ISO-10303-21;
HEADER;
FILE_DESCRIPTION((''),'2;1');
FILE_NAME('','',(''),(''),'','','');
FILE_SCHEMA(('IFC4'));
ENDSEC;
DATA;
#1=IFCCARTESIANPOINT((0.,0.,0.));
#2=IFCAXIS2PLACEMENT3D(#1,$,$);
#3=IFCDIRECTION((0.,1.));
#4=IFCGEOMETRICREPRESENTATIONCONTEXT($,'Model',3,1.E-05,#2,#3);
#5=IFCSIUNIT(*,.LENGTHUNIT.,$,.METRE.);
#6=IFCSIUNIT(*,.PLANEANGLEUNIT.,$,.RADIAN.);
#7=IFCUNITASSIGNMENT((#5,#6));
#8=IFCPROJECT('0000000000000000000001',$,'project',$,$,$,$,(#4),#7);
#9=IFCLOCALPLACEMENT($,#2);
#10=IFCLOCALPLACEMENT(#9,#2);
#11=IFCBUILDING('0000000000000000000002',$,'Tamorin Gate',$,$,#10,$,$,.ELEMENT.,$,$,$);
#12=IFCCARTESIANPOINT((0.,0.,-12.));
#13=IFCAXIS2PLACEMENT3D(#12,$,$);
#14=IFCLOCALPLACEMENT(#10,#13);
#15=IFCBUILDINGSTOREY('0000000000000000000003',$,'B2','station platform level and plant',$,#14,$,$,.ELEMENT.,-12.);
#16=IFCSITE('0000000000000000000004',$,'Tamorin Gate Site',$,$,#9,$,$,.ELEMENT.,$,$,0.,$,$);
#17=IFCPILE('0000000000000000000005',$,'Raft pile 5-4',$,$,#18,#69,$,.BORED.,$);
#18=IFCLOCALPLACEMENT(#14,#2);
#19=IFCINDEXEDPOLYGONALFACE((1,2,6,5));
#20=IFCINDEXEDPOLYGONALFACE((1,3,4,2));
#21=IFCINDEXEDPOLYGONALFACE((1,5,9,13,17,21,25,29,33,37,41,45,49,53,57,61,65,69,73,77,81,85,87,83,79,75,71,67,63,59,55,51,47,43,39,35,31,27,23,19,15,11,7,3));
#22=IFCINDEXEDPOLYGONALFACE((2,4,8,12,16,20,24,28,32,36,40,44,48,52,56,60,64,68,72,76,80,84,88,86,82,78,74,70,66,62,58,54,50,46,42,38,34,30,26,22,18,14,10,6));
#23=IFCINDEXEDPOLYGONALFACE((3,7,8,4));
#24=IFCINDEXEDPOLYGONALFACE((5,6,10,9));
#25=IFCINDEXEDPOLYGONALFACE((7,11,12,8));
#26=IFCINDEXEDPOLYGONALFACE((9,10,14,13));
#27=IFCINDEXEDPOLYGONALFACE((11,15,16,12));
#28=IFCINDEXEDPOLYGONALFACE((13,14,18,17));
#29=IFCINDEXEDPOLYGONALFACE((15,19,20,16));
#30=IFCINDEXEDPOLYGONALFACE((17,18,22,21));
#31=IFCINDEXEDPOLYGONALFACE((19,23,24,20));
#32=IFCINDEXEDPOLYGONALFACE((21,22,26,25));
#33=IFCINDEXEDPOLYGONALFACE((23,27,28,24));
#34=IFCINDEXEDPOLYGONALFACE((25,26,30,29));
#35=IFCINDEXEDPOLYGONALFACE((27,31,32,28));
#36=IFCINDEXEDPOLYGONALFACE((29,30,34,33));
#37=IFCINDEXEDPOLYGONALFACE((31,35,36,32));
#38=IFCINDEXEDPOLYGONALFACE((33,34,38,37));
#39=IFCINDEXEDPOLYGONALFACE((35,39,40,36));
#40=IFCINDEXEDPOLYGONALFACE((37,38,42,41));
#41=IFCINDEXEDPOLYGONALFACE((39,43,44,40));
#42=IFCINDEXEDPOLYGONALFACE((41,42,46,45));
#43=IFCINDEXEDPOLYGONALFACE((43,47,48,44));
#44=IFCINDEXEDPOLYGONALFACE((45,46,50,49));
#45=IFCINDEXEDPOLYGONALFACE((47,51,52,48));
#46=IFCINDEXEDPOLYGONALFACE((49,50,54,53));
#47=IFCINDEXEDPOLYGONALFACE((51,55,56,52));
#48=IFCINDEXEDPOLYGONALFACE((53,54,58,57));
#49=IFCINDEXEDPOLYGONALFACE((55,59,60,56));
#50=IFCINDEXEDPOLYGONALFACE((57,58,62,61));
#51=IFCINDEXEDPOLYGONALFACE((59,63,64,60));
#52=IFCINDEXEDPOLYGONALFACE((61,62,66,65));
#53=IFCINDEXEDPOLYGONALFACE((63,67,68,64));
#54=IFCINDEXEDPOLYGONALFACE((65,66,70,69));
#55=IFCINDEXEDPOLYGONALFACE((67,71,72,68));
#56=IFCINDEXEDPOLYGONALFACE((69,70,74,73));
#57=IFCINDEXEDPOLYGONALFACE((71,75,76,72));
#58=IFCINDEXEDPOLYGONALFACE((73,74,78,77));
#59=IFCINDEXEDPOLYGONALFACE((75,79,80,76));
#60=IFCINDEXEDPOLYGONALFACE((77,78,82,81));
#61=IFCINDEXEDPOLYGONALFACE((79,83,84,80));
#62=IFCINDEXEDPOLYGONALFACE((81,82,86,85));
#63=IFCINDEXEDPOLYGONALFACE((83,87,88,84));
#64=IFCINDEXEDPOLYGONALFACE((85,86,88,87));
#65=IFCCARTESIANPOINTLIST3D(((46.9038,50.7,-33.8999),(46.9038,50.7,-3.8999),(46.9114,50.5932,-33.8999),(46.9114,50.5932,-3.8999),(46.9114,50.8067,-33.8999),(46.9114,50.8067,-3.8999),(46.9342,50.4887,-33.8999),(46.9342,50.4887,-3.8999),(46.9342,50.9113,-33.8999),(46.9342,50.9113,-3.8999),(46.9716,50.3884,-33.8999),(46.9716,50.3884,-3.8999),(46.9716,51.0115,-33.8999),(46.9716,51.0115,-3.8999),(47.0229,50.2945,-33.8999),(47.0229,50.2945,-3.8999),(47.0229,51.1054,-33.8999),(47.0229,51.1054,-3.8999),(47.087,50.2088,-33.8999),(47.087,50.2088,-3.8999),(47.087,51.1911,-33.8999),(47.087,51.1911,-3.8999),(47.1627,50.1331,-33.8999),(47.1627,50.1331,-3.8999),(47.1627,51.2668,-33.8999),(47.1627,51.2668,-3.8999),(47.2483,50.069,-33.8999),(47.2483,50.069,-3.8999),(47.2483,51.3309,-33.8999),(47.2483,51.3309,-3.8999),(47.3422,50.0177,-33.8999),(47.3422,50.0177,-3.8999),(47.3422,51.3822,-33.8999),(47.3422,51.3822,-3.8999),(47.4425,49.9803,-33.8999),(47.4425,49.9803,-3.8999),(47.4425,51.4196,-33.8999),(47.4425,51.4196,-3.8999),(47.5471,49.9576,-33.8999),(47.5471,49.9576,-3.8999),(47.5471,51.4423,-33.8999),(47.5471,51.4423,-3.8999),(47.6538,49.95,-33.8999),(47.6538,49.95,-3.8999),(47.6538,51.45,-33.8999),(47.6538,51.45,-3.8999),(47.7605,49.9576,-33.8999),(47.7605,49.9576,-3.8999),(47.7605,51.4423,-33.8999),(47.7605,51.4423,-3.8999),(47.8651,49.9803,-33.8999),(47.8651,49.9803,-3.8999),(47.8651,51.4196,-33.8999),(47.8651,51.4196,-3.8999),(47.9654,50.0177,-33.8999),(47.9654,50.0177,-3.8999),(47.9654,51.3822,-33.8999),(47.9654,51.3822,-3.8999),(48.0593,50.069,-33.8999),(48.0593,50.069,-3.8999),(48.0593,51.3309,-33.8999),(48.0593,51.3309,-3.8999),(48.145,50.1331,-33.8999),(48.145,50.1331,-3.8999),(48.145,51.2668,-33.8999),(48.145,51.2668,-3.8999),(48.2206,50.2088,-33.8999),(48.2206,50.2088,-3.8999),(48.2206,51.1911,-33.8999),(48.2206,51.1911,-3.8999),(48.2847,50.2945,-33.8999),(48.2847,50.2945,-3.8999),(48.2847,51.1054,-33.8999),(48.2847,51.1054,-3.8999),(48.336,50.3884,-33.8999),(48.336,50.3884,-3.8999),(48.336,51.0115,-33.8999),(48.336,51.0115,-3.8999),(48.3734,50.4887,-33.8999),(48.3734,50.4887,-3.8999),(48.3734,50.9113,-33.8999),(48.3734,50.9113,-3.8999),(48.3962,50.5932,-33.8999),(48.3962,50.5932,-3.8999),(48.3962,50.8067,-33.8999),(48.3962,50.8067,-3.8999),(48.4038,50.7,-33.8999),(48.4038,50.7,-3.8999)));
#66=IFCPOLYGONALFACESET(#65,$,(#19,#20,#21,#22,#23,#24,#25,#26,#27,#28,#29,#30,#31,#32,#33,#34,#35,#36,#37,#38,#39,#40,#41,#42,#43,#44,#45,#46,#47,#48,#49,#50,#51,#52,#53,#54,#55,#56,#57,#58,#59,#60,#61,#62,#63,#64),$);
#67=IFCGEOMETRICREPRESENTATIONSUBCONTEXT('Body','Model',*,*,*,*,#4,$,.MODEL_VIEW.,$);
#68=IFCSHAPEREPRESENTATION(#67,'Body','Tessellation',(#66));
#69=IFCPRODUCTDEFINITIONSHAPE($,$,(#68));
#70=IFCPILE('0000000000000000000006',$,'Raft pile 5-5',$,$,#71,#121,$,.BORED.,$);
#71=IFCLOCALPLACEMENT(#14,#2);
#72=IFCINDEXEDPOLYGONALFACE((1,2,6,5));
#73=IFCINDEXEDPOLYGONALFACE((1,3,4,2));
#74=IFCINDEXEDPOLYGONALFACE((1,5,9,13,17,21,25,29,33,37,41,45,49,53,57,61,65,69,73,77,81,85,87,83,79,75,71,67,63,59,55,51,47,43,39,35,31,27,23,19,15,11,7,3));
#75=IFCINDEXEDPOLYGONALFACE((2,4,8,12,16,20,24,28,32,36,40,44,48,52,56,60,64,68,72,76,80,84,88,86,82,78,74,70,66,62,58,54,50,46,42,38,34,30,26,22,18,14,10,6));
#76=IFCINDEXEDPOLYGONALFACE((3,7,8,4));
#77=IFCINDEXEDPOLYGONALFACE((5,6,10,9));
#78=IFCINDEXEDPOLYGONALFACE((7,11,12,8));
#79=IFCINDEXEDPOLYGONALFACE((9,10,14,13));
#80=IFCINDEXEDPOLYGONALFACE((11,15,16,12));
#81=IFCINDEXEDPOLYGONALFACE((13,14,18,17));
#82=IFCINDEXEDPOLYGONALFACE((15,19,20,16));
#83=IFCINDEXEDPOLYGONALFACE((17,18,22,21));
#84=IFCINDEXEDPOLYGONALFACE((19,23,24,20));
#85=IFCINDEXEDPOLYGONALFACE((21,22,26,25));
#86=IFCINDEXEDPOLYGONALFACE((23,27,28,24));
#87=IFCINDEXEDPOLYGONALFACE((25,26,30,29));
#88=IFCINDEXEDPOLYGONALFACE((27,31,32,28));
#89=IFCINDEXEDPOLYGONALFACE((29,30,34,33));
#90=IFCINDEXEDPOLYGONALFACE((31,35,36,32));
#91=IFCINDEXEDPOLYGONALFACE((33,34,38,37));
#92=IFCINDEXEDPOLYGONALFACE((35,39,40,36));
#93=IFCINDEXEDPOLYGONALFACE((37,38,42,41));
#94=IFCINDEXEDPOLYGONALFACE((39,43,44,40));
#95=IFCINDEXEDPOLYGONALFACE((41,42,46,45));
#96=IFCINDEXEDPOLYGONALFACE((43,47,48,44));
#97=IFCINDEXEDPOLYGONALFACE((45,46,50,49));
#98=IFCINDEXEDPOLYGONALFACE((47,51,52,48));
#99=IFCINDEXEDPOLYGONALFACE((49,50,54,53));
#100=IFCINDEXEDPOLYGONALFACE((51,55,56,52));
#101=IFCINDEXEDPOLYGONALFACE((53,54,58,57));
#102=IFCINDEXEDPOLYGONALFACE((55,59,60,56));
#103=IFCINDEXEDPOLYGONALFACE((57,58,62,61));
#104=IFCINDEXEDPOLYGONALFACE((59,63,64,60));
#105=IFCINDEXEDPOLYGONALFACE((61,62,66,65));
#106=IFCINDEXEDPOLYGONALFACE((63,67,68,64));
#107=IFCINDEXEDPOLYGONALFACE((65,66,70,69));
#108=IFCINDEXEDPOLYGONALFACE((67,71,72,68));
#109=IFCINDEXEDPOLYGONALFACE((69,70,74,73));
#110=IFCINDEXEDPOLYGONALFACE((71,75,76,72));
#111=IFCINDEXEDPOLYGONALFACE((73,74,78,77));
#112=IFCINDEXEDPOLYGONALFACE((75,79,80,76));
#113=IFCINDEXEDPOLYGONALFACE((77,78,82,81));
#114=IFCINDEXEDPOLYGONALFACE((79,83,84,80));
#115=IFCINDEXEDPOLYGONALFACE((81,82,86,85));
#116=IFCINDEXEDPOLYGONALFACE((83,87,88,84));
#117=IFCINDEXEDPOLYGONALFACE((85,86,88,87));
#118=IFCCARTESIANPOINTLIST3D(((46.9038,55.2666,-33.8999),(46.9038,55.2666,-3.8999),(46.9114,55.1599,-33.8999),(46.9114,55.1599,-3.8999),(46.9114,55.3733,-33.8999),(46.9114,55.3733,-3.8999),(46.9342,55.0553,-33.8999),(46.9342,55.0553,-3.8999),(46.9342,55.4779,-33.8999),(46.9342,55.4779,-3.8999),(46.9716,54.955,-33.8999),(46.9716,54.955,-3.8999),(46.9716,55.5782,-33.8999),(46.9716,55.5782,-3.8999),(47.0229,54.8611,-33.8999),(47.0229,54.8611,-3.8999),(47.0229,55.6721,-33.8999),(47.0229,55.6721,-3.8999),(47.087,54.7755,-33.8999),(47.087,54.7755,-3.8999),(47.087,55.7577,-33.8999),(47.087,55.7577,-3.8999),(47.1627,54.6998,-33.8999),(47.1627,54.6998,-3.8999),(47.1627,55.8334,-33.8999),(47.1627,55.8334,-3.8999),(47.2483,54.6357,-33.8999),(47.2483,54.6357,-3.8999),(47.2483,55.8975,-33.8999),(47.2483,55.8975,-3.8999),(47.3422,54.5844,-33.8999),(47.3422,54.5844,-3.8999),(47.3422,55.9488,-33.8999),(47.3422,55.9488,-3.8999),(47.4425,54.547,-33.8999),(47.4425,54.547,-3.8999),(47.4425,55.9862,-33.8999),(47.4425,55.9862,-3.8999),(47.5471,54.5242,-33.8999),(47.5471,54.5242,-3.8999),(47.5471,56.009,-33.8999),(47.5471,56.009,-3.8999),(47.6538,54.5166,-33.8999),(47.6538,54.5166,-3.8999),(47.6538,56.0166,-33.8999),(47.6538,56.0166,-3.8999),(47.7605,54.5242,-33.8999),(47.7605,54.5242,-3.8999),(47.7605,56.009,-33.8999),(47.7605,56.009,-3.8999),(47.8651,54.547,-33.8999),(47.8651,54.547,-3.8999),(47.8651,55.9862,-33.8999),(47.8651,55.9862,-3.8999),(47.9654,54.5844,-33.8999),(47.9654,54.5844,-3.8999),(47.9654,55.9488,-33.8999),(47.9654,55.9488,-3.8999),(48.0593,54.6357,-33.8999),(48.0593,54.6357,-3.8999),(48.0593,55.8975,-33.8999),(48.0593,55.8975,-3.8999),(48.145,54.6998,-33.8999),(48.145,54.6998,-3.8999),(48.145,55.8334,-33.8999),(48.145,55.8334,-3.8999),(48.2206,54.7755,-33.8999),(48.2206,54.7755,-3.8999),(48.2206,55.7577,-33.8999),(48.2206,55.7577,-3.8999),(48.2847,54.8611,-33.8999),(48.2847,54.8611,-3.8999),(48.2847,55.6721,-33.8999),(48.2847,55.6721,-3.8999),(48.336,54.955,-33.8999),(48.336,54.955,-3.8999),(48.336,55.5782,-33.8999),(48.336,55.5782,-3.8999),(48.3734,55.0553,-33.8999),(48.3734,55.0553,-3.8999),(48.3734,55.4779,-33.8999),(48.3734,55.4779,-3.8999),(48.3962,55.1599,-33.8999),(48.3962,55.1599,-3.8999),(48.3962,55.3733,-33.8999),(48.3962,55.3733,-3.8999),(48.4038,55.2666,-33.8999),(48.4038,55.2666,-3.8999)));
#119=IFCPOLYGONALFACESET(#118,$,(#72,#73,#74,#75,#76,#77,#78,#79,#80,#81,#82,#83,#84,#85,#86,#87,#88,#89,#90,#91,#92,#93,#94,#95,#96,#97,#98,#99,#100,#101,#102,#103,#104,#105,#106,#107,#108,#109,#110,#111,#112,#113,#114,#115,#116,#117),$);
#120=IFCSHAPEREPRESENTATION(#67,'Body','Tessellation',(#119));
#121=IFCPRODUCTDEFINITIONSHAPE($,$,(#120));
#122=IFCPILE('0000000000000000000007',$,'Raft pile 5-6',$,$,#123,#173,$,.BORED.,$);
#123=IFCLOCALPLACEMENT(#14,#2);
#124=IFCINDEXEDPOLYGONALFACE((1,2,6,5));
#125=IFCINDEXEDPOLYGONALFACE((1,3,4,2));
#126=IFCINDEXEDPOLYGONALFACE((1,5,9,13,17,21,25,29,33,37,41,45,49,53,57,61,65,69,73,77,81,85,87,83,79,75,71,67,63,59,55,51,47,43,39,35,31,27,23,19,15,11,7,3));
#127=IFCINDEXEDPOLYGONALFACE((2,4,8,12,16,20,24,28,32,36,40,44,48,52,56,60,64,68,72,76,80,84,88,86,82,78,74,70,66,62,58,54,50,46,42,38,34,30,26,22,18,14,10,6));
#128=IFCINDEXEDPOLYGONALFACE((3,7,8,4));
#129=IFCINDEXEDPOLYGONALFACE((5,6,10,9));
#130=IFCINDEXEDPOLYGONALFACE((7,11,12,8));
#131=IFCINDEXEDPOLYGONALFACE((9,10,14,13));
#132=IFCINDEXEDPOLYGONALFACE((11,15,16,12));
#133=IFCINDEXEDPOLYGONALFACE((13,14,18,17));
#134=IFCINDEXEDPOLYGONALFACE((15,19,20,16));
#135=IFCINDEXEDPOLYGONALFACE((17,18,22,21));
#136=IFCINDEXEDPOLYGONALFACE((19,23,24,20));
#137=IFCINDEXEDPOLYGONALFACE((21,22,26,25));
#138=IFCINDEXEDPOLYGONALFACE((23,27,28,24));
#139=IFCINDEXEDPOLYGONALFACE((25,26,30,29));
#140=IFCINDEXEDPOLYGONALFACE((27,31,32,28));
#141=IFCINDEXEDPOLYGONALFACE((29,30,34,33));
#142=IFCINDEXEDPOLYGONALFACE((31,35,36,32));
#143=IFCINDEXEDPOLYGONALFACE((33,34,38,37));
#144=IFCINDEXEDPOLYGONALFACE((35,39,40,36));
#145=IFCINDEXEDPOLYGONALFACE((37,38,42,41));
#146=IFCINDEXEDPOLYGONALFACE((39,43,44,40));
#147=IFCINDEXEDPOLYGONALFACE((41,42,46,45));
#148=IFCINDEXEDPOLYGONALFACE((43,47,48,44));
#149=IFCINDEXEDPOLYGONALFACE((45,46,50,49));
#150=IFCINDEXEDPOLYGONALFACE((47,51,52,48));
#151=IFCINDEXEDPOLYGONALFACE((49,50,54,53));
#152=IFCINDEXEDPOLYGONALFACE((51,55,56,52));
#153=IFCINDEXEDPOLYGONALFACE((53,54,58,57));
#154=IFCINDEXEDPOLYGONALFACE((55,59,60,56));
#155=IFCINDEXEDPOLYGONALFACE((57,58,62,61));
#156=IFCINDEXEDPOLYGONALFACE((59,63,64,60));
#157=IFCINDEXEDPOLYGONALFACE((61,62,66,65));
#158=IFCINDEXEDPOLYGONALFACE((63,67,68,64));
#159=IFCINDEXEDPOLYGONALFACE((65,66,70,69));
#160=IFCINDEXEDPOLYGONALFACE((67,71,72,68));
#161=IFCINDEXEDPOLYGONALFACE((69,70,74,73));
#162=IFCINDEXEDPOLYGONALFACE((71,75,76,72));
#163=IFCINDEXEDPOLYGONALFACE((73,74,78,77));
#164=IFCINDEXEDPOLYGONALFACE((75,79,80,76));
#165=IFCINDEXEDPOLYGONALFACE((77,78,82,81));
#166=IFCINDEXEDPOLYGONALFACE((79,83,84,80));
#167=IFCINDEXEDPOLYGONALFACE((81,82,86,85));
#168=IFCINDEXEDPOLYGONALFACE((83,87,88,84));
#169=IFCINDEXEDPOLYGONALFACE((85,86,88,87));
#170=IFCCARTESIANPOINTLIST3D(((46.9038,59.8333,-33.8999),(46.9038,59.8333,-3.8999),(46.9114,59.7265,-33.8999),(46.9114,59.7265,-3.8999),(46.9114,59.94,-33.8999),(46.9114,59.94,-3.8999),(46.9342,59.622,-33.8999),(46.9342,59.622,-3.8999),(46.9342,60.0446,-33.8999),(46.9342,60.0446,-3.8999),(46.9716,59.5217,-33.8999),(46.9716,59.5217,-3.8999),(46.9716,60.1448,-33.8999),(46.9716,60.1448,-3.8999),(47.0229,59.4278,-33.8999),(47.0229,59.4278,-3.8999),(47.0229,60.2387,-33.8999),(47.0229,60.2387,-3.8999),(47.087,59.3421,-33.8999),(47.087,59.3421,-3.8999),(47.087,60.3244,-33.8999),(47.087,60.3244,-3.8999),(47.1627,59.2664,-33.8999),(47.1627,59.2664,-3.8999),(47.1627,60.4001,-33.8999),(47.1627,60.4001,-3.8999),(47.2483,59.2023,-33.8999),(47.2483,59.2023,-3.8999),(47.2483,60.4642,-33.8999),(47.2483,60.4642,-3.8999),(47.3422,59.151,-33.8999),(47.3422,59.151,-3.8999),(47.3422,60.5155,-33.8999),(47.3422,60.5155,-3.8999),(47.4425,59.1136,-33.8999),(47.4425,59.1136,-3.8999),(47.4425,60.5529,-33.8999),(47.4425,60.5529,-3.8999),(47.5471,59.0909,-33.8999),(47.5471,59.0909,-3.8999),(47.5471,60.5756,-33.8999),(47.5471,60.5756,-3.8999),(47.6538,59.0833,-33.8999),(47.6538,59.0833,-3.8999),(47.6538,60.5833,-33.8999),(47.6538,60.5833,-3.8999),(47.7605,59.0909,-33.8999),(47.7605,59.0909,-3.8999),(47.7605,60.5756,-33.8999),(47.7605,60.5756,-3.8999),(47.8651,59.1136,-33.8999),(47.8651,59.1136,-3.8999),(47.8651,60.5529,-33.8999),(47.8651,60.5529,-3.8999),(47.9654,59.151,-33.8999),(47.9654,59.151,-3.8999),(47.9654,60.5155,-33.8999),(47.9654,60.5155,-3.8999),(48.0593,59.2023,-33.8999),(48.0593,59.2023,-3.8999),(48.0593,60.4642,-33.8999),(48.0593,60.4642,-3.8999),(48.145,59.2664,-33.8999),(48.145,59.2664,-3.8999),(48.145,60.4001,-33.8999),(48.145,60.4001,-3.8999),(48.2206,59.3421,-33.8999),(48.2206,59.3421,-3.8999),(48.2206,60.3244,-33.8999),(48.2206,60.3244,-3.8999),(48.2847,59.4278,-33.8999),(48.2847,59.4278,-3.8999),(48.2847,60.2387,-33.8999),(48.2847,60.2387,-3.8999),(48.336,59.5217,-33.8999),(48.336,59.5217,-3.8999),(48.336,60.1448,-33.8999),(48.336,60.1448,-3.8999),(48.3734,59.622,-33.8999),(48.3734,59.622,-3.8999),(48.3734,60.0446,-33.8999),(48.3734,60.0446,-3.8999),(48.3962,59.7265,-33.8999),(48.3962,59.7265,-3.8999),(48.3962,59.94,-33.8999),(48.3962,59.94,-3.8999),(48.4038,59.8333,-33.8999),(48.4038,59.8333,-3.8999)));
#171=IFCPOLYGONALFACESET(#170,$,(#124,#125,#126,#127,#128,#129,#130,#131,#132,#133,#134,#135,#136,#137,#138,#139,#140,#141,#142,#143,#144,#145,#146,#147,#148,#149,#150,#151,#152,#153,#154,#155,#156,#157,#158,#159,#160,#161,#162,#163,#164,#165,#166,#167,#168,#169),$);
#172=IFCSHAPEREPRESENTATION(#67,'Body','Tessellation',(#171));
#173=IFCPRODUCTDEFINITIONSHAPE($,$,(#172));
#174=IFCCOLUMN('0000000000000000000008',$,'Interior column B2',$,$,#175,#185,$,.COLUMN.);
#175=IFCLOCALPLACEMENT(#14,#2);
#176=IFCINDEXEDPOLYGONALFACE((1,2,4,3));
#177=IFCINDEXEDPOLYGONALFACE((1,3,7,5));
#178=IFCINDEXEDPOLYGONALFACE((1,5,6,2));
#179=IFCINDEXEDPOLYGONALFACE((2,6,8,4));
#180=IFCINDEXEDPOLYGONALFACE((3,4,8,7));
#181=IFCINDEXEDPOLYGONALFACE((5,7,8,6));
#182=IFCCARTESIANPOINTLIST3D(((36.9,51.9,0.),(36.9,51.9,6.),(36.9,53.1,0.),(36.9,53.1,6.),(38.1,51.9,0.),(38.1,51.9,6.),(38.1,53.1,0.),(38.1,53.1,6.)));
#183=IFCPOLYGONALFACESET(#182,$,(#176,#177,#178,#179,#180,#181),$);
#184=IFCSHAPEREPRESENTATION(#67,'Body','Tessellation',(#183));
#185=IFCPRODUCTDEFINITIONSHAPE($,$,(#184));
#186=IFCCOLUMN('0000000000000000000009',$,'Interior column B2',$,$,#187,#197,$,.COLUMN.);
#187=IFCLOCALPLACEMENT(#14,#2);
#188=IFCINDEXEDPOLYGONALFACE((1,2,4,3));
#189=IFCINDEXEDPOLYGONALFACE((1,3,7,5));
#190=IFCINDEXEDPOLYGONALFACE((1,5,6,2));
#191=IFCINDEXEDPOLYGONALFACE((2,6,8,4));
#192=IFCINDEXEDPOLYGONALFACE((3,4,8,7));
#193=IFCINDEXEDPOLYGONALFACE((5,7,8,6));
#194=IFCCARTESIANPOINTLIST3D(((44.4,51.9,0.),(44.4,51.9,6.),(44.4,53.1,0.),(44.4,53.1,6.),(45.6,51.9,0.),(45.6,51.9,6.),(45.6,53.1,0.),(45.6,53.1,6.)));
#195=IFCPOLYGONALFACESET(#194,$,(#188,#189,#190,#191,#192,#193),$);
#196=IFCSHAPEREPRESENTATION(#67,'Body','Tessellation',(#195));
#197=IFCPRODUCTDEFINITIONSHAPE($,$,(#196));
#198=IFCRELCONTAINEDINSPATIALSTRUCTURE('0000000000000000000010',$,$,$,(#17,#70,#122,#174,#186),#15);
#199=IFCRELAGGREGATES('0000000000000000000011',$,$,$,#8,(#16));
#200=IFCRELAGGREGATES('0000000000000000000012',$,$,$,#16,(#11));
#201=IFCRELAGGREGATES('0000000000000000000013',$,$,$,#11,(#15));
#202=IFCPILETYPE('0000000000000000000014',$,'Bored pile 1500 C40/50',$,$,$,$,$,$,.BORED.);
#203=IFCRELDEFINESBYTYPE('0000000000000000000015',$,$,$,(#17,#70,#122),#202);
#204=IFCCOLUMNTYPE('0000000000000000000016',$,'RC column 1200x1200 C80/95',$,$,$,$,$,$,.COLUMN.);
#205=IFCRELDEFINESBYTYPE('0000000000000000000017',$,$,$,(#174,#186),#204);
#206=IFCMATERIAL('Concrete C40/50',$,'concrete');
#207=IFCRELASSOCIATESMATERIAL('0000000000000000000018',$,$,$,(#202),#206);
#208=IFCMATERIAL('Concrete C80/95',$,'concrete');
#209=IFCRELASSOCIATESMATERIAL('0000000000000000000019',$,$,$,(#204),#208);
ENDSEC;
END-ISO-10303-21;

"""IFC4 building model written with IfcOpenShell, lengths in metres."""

from ifc_helpers import new_model, si_unit, direction, frame, origin, origin_2d, place, context, subcontext, project, spatial, rectangle, circle, extrude, material, material_profile, profile_set, type_object, element, save


model = new_model("IFC4")

# Units and contexts
model_context = context("Model", 3, precision=1e-05, world=origin(), true_north=direction((0.0, 1.0)))
body_context = subcontext(model_context, "Body", "Model", "MODEL_VIEW")
ifc_project = project(units=[si_unit("LENGTHUNIT", "METRE"), si_unit("PLANEANGLEUNIT", "RADIAN")], contexts=[model_context])

# Site, building, storey
site_placement = place(None, origin())
site = spatial("IfcSite", under=ifc_project, at=site_placement, Name="Tamorin Gate Site", CompositionType="ELEMENT", RefElevation=0.0)
building_placement = place(site_placement, origin())
building = spatial("IfcBuilding", under=site, at=building_placement, Name="Tamorin Gate", CompositionType="ELEMENT")
storey_placement = place(building_placement, frame((0.0, 0.0, -12.0)))
storey = spatial("IfcBuildingStorey", under=building, at=storey_placement, Name="B2", Description="station platform level and plant", CompositionType="ELEMENT", Elevation=-12.0)

# Piles
ifc_material_1 = material(Name="Concrete C40/50", Category="concrete")
ifc_material_profile_1 = material_profile(ifc_material_1, circle(Radius=0.75, at=origin_2d()))
ifc_profile_set_1 = profile_set([ifc_material_profile_1], Name="Concrete C40/50")
pile_type = type_object("IfcPileType", Name="Bored pile 1500 C40/50", PredefinedType="BORED", material=ifc_profile_set_1)
for number, where, z_axis, x_axis, name in (
    (1, (47.6538, 50.7, -3.8999), (0.0, 0.0, -1.0), (1.0, 0.0, 0.0), "Raft pile 5-4"),
    (2, (47.6538, 55.2666, -3.8999), (0.0, 0.0, -1.0), (1.0, 0.0, 0.0), "Raft pile 5-5"),
    (3, (47.6538, 59.8333, -3.8999), (0.0, 0.0, -1.0), (1.0, 0.0, 0.0), "Raft pile 5-6"),
):
    element("IfcPile", number, at=place(storey_placement, frame(where, z_axis=z_axis, x_axis=x_axis)), inside=storey, type_object=pile_type, Name=name, PredefinedType="BORED", context=body_context, shape_type="SweptSolid", body=[
        extrude(circle(Radius=0.75, at=origin_2d()), origin(), (0.0, 0.0, 1.0), 30.0),
    ])

# Columns
ifc_material_2 = material(Name="Concrete C80/95", Category="concrete")
ifc_material_profile_2 = material_profile(ifc_material_2, rectangle(XDim=1.2, YDim=1.2, at=origin_2d()), Name="RC 1200x1200")
ifc_profile_set_2 = profile_set([ifc_material_profile_2], Name="Concrete C80/95")
column_type = type_object("IfcColumnType", Name="RC column 1200x1200 C80/95", PredefinedType="COLUMN", material=ifc_profile_set_2)
for number, where, z_axis, x_axis, name in (
    (4, (37.5, 52.5, 0.0), (0.0, 0.0, 1.0), (1.0, 0.0, 0.0), "Interior column B2"),
    (5, (45.0, 52.5, 0.0), (0.0, 0.0, 1.0), (1.0, 0.0, 0.0), "Interior column B2"),
):
    element("IfcColumn", number, at=place(storey_placement, frame(where, z_axis=z_axis, x_axis=x_axis)), inside=storey, type_object=column_type, Name=name, PredefinedType="COLUMN", context=body_context, shape_type="SweptSolid", body=[
        extrude(rectangle(XDim=1.2, YDim=1.2, at=origin_2d()), origin(), (0.0, 0.0, 1.0), 6.0),
    ])

save(model, "model.ifc")
